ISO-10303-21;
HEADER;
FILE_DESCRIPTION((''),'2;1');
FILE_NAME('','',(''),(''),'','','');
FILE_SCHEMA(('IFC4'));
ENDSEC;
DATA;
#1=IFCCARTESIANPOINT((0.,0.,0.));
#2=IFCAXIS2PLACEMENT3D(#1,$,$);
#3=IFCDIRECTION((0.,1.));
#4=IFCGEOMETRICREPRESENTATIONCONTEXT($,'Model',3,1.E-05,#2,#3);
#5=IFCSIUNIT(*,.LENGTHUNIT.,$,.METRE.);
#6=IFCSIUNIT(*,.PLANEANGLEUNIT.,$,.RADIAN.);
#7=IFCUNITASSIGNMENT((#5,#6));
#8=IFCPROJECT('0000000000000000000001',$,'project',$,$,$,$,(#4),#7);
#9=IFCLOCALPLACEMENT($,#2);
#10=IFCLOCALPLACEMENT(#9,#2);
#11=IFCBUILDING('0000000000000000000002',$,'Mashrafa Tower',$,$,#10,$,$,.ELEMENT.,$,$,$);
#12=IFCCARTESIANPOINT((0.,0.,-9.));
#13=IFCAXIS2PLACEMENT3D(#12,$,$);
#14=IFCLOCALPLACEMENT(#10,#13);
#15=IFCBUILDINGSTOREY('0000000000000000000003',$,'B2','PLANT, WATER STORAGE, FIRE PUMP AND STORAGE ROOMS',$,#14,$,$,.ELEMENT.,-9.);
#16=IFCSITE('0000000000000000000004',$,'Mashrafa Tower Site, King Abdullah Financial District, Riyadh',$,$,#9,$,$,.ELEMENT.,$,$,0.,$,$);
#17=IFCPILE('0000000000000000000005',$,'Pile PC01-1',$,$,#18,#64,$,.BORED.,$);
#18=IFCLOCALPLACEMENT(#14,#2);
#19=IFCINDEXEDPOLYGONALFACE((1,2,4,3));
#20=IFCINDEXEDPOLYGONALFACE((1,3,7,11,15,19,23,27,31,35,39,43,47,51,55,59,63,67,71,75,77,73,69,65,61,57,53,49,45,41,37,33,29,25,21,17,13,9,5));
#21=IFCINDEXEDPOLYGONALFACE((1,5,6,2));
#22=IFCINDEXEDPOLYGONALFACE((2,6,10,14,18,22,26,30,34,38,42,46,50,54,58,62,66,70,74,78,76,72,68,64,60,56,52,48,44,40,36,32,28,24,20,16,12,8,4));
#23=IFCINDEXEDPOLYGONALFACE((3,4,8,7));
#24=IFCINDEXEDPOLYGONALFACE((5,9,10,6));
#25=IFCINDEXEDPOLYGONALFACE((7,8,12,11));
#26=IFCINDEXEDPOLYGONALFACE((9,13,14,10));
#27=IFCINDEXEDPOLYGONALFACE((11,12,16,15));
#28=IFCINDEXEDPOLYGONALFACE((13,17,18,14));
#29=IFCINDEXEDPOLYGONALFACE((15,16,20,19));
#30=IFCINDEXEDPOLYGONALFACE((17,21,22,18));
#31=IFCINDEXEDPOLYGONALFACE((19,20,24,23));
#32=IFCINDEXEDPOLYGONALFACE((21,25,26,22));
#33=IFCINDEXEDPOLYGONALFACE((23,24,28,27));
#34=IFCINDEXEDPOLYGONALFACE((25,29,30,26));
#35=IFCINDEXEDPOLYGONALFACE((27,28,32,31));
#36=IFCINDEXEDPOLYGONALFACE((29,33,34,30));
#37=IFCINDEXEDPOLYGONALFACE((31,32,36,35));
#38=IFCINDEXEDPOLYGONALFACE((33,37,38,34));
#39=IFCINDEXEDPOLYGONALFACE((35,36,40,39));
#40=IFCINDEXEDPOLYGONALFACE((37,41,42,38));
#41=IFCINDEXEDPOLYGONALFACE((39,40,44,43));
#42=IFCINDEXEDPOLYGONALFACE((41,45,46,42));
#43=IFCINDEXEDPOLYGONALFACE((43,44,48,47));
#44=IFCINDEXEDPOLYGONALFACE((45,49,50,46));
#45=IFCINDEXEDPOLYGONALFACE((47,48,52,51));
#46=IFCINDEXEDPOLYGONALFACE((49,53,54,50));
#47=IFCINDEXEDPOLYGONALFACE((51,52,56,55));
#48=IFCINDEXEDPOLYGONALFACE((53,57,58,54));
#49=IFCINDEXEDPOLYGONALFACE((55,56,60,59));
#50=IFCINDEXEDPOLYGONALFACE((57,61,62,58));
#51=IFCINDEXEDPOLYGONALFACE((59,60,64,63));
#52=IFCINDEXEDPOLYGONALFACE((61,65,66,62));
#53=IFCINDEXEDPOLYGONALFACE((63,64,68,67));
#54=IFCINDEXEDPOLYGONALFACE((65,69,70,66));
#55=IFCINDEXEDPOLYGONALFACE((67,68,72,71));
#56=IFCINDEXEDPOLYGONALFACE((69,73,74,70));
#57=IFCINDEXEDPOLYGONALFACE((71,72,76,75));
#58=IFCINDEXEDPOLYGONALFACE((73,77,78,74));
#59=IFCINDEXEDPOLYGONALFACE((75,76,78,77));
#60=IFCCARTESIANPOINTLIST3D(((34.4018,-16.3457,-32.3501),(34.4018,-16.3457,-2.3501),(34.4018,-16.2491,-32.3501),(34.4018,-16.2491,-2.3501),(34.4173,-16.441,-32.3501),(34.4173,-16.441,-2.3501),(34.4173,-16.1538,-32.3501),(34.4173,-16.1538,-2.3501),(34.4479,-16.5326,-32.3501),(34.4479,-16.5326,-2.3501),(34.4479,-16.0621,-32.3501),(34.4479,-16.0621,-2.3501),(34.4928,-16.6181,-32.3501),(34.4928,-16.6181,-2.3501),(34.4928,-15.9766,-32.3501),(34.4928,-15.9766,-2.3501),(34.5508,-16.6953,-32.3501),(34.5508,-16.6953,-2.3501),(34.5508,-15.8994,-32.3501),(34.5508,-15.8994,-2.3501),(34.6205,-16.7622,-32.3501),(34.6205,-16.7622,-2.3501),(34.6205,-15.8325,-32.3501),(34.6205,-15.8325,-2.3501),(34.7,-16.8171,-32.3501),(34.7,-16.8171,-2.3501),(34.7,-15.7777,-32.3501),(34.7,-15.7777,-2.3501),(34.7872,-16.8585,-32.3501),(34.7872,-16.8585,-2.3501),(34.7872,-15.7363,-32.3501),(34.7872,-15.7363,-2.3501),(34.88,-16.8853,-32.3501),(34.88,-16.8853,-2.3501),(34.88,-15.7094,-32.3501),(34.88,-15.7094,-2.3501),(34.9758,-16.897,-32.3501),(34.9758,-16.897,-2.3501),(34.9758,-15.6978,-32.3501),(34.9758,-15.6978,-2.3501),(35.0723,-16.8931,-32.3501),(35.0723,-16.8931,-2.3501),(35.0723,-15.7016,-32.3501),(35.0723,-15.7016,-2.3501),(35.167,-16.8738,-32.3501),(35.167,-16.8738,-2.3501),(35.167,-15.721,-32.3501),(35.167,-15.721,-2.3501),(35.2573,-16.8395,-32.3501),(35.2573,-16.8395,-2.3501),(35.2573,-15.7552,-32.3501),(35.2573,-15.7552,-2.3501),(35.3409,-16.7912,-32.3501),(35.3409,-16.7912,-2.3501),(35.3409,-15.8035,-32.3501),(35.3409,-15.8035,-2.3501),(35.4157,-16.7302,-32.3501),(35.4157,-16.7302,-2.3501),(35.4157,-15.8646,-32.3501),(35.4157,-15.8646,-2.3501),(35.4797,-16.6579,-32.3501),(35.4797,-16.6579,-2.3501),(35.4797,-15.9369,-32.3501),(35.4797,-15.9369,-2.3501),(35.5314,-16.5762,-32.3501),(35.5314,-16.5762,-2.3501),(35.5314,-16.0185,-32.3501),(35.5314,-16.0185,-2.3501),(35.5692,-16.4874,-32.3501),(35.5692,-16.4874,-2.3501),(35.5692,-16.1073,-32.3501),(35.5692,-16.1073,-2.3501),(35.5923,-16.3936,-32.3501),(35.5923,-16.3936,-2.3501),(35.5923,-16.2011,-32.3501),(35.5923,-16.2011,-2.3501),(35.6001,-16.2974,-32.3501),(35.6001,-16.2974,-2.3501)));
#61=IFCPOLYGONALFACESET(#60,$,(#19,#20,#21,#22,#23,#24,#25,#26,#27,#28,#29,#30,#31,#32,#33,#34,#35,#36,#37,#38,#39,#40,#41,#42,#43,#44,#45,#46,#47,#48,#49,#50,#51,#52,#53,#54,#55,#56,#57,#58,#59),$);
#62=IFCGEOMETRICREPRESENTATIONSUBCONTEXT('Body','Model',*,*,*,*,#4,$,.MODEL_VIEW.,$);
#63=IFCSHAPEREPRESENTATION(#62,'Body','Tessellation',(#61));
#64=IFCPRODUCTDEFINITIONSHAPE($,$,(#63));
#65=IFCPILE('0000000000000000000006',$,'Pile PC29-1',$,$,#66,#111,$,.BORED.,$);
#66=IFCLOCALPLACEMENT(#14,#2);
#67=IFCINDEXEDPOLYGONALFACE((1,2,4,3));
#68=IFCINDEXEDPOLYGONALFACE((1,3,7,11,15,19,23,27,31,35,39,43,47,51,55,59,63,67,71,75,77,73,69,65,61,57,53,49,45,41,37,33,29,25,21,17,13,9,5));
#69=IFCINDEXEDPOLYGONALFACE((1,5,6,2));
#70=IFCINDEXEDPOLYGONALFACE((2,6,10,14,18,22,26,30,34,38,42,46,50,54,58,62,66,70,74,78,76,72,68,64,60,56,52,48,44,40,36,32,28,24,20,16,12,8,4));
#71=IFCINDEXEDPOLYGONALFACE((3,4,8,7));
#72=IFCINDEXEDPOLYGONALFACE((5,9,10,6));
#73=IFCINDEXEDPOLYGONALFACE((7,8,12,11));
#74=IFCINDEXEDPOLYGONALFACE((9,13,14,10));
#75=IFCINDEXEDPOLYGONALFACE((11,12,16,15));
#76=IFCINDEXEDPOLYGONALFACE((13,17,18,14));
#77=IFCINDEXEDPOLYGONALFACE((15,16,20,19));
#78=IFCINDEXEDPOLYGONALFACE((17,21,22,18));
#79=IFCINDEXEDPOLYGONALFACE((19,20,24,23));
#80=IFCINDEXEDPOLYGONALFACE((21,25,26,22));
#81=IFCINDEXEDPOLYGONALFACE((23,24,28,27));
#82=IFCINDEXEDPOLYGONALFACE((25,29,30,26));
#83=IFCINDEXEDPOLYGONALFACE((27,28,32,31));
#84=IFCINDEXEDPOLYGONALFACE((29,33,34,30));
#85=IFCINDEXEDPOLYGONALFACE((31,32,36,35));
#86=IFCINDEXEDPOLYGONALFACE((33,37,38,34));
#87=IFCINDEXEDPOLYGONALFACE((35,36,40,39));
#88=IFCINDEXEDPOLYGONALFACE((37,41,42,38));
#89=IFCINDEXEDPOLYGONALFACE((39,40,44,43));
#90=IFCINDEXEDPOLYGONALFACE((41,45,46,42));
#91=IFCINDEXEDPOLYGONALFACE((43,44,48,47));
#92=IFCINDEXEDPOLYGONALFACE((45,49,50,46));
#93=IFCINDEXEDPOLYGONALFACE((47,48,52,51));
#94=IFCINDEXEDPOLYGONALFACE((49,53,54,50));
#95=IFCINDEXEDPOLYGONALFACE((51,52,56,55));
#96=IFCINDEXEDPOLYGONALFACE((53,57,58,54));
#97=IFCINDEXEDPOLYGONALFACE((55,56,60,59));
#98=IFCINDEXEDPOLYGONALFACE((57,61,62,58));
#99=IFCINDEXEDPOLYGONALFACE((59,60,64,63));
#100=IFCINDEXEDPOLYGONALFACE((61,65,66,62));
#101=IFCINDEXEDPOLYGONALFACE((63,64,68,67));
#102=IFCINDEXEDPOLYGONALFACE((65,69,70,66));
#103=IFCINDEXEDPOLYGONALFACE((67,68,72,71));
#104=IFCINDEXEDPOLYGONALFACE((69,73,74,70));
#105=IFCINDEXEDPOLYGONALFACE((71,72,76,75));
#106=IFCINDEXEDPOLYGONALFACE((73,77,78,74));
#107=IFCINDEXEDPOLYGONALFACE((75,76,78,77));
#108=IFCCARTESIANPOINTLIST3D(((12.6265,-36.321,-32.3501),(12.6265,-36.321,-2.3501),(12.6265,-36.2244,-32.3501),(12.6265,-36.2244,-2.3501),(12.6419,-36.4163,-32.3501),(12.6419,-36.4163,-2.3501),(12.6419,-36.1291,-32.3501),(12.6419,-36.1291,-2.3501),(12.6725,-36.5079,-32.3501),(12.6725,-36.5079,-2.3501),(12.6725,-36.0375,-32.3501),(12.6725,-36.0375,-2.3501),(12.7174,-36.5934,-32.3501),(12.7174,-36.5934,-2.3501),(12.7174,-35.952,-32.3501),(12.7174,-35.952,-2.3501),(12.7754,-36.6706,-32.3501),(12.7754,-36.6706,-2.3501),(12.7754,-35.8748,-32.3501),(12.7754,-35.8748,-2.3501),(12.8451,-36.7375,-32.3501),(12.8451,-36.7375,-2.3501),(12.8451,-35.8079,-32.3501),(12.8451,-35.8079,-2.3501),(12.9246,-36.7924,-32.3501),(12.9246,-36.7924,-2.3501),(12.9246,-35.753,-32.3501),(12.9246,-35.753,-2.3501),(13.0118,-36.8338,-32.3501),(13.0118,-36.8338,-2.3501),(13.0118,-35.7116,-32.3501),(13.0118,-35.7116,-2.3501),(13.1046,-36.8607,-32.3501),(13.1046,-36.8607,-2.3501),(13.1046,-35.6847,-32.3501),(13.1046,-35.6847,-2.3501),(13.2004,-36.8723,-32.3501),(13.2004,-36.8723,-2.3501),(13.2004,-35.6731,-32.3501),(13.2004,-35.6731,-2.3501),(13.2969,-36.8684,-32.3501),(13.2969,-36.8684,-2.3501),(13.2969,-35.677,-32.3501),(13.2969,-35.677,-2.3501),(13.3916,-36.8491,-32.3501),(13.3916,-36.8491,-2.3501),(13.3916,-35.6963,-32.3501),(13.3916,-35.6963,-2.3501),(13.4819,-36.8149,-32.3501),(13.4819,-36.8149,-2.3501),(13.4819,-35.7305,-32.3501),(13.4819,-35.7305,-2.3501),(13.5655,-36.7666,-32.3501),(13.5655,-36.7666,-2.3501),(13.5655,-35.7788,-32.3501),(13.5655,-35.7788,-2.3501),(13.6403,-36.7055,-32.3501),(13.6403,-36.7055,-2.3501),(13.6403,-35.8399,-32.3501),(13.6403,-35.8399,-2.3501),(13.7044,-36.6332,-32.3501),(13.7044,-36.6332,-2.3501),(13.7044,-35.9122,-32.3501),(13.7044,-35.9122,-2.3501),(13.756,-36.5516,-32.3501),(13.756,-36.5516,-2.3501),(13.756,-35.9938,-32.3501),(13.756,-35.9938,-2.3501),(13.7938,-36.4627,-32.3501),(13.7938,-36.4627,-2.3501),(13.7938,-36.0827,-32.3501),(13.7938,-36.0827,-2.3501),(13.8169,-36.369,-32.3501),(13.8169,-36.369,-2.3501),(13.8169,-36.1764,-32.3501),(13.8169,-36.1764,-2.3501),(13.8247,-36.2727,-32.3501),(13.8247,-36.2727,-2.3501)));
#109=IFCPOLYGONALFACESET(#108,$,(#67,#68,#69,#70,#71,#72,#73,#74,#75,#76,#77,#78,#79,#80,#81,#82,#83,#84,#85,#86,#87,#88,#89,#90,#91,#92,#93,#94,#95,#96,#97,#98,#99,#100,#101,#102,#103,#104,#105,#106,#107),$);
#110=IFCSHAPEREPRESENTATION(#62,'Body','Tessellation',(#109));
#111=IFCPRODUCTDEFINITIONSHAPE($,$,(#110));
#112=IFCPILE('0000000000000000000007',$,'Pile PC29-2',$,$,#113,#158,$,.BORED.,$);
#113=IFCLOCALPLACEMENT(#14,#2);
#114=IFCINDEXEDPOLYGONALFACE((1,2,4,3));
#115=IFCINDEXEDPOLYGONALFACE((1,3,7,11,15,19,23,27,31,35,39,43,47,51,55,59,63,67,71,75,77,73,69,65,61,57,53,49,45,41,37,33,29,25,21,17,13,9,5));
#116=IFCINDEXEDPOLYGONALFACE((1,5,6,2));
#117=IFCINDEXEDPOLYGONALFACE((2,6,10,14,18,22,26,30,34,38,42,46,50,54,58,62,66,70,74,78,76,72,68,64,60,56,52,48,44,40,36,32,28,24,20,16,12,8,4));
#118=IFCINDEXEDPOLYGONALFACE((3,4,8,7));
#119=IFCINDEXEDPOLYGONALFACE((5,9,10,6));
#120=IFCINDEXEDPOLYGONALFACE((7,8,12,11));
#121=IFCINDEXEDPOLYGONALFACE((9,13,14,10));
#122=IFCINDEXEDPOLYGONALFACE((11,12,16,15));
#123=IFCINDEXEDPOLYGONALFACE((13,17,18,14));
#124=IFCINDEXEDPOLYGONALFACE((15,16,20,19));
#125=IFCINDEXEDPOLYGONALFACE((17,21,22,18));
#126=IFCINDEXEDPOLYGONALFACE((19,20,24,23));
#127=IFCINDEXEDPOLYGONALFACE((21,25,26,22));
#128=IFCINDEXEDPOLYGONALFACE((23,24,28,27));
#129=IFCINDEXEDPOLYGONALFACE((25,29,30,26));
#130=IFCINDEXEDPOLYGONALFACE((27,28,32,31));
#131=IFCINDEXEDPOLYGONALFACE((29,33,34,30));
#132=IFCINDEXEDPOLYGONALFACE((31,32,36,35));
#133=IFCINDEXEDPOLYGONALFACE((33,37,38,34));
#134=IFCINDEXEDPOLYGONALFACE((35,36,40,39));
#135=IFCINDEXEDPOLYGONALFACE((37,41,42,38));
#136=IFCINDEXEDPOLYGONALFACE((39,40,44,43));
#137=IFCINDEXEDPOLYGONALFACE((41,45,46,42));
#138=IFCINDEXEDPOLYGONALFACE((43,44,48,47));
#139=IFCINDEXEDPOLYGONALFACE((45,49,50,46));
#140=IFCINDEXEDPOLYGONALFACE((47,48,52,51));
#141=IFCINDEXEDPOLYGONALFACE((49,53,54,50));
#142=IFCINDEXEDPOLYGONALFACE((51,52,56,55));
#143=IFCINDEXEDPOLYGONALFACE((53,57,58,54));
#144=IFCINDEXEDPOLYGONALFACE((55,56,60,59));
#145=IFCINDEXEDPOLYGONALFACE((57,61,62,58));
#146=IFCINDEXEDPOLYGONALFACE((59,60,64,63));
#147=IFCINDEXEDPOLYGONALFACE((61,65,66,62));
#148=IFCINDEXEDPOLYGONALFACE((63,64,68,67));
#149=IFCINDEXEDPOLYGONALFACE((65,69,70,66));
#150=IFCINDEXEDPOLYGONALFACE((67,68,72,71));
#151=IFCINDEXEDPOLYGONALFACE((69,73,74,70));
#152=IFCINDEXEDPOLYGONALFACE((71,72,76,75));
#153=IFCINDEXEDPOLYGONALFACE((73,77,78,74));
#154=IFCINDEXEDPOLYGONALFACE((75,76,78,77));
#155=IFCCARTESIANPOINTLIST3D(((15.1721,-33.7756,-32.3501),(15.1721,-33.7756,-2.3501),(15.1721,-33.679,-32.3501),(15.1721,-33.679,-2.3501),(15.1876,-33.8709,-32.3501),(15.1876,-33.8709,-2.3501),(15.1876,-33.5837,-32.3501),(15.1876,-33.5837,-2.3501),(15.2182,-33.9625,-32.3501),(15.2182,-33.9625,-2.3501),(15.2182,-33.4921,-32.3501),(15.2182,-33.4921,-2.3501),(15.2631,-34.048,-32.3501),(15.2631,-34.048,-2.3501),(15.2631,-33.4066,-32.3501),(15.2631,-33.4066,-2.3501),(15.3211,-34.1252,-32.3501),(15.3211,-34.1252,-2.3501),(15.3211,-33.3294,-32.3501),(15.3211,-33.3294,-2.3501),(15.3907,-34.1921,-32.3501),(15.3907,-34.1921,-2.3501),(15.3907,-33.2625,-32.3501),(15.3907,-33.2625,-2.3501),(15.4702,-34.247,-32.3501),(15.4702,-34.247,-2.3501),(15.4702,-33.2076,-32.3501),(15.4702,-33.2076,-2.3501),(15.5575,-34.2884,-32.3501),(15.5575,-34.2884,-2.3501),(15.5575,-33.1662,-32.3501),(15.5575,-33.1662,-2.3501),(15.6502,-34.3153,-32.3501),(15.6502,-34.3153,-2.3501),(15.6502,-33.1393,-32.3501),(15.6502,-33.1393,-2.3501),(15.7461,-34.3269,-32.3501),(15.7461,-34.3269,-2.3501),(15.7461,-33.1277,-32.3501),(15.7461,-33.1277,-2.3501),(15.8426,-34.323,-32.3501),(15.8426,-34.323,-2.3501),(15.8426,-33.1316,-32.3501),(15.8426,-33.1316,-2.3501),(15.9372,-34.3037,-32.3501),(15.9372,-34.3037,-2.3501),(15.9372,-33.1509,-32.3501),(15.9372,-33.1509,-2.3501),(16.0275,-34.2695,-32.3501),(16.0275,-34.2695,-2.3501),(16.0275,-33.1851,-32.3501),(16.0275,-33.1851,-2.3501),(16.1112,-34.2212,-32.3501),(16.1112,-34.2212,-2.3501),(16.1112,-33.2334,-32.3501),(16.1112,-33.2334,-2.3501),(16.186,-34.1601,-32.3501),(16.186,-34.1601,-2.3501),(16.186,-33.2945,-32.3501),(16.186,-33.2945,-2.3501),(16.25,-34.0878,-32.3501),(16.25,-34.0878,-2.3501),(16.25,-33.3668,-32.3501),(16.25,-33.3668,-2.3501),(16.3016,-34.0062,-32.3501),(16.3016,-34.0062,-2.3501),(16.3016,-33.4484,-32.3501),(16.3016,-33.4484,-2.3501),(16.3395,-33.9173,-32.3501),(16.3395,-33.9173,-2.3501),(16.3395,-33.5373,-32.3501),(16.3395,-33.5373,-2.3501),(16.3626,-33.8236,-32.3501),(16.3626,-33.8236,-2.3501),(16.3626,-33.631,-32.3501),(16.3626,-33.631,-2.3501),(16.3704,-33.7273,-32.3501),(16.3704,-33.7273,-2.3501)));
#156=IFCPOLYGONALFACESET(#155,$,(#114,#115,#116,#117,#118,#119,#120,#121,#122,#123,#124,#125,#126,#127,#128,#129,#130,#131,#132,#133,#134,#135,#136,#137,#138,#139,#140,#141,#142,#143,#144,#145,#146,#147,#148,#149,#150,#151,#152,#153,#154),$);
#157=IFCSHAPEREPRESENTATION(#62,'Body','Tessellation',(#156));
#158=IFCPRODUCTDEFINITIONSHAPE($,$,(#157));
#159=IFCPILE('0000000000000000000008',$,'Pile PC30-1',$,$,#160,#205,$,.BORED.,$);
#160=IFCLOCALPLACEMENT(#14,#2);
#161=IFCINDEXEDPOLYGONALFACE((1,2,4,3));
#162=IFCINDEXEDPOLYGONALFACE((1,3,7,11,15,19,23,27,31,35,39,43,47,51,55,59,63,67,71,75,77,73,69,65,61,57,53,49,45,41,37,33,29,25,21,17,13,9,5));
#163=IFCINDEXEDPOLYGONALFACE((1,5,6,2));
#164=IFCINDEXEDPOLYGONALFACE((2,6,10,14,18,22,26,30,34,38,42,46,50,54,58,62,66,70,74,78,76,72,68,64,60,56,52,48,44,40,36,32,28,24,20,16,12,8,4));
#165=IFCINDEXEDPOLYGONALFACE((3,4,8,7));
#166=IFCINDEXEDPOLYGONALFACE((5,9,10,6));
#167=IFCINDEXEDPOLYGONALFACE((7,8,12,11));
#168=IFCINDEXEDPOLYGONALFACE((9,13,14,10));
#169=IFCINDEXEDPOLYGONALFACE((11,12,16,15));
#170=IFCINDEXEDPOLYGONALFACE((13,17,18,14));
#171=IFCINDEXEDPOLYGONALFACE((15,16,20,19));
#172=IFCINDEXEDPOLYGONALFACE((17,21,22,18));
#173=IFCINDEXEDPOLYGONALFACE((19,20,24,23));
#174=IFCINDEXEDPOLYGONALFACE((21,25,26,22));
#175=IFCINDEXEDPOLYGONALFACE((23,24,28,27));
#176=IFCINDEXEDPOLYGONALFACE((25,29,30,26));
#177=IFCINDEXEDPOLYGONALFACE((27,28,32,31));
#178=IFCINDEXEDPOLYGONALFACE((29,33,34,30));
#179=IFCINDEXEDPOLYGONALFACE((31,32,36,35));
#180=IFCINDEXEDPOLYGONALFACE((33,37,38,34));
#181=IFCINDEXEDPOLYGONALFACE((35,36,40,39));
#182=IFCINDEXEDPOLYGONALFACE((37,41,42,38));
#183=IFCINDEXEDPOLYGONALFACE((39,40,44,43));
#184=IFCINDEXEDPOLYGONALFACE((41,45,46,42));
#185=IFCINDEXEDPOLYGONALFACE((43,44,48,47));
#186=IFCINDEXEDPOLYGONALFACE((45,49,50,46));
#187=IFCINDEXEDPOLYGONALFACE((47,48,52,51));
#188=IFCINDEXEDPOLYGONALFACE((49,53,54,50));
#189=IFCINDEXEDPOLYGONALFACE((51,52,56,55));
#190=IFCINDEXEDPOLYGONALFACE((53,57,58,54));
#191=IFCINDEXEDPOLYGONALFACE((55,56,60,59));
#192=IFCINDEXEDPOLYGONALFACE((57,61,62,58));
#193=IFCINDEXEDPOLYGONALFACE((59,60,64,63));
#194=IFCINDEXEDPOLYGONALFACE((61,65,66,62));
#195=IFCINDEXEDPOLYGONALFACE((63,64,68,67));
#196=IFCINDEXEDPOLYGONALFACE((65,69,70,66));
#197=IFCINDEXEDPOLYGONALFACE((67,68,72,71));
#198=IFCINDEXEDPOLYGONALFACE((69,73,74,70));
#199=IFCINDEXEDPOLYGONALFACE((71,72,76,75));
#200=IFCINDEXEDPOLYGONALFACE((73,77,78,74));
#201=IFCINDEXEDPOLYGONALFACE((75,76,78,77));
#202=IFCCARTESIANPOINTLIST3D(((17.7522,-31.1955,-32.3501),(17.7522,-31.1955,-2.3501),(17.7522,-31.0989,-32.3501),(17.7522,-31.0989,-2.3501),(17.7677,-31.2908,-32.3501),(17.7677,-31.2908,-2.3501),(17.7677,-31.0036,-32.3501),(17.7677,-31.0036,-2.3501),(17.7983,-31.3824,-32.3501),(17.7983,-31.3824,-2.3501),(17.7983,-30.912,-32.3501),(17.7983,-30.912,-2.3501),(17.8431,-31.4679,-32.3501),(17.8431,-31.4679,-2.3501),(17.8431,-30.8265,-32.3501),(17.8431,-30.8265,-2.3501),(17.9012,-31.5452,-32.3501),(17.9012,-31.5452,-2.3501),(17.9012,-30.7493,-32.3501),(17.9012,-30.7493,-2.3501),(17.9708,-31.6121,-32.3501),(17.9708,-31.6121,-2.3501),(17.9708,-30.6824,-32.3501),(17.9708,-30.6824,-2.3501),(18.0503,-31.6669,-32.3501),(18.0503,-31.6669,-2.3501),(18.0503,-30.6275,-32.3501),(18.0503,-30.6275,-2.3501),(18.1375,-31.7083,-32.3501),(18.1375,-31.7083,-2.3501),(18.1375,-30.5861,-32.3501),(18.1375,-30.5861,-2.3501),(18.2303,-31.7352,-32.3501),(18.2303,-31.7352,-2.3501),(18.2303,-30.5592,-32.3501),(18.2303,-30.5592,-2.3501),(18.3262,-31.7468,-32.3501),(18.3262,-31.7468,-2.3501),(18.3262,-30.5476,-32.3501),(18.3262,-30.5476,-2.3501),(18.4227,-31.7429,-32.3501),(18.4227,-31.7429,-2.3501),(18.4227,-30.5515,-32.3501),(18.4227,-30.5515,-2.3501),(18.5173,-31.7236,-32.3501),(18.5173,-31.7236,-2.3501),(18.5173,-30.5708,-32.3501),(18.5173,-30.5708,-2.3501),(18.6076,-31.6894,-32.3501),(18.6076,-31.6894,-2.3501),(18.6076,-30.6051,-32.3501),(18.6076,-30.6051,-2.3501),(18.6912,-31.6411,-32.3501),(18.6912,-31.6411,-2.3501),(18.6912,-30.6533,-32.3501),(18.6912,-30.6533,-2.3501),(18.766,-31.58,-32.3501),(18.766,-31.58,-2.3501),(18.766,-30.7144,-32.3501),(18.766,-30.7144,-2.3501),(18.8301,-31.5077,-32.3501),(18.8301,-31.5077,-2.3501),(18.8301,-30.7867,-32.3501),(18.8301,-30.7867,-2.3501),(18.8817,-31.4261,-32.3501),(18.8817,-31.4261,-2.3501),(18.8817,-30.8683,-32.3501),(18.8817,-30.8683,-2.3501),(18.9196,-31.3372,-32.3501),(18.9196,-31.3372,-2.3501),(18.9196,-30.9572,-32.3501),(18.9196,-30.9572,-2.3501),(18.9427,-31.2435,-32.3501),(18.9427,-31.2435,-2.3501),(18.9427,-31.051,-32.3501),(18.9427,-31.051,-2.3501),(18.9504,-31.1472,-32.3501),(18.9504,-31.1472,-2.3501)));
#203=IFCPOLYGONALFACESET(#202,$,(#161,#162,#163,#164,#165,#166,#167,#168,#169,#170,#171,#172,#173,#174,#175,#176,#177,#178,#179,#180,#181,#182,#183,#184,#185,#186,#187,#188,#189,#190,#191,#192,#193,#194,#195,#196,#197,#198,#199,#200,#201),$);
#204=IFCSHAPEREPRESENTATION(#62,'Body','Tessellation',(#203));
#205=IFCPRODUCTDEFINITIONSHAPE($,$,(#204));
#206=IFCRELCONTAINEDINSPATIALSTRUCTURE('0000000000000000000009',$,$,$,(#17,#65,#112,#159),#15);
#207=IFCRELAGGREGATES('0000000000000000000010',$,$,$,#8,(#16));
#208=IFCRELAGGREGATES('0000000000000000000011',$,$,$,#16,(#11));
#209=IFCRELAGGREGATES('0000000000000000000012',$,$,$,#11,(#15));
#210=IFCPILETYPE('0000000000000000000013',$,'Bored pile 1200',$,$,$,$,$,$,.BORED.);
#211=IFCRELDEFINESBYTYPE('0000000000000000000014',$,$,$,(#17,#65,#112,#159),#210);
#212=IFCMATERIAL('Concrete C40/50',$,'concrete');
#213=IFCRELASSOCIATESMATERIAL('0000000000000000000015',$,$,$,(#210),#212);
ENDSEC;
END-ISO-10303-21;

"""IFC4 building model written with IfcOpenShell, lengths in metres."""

from ifc_helpers import new_model, si_unit, direction, frame, origin, origin_2d, place, context, subcontext, project, spatial, circle, extrude, material, material_profile, profile_set, type_object, element, save


model = new_model("IFC4")

# Units and contexts
model_context = context("Model", 3, precision=1e-05, world=origin(), true_north=direction((0.0, 1.0)))
body_context = subcontext(model_context, "Body", "Model", "MODEL_VIEW")
ifc_project = project(units=[si_unit("LENGTHUNIT", "METRE"), si_unit("PLANEANGLEUNIT", "RADIAN")], contexts=[model_context])

# Site, building, storey
site_placement = place(None, origin())
site = spatial("IfcSite", under=ifc_project, at=site_placement, Name="Mashrafa Tower Site, King Abdullah Financial District, Riyadh", CompositionType="ELEMENT", RefElevation=0.0)
building_placement = place(site_placement, origin())
building = spatial("IfcBuilding", under=site, at=building_placement, Name="Mashrafa Tower", CompositionType="ELEMENT")
storey_placement = place(building_placement, frame((0.0, 0.0, -9.0)))
storey = spatial("IfcBuildingStorey", under=building, at=storey_placement, Name="B2", Description="PLANT, WATER STORAGE, FIRE PUMP AND STORAGE ROOMS", CompositionType="ELEMENT", Elevation=-9.0)

# Piles
ifc_material_1 = material(Name="Concrete C40/50", Category="concrete")
ifc_material_profile_1 = material_profile(ifc_material_1, circle(Radius=0.6001, at=origin_2d()), Name="1200 DIA")
ifc_profile_set_1 = profile_set([ifc_material_profile_1], Name="Concrete C40/50")
pile_type_1 = type_object("IfcPileType", Name="Bored pile 1200", PredefinedType="BORED", material=ifc_profile_set_1)
for number, where, z_axis, x_axis, name in (
    (1, (35.0, -16.2974, -2.3501), (0.0, 0.0, -1.0), (1.0, 0.0, 0.0), "Pile PC01-1"),
    (2, (13.2246, -36.2727, -2.3501), (0.0, 0.0, -1.0), (1.0, 0.0, 0.0), "Pile PC29-1"),
    (3, (15.7703, -33.7273, -2.3501), (0.0, 0.0, -1.0), (1.0, 0.0, 0.0), "Pile PC29-2"),
    (4, (18.3503, -31.1472, -2.3501), (0.0, 0.0, -1.0), (1.0, 0.0, 0.0), "Pile PC30-1"),
):
    element("IfcPile", number, at=place(storey_placement, frame(where, z_axis=z_axis, x_axis=x_axis)), inside=storey, type_object=pile_type_1, Name=name, PredefinedType="BORED", context=body_context, shape_type="SweptSolid", body=[
        extrude(circle(Radius=0.6001, at=origin_2d()), origin(), (0.0, 0.0, 1.0), 30.0),
    ])

save(model, "model.ifc")
